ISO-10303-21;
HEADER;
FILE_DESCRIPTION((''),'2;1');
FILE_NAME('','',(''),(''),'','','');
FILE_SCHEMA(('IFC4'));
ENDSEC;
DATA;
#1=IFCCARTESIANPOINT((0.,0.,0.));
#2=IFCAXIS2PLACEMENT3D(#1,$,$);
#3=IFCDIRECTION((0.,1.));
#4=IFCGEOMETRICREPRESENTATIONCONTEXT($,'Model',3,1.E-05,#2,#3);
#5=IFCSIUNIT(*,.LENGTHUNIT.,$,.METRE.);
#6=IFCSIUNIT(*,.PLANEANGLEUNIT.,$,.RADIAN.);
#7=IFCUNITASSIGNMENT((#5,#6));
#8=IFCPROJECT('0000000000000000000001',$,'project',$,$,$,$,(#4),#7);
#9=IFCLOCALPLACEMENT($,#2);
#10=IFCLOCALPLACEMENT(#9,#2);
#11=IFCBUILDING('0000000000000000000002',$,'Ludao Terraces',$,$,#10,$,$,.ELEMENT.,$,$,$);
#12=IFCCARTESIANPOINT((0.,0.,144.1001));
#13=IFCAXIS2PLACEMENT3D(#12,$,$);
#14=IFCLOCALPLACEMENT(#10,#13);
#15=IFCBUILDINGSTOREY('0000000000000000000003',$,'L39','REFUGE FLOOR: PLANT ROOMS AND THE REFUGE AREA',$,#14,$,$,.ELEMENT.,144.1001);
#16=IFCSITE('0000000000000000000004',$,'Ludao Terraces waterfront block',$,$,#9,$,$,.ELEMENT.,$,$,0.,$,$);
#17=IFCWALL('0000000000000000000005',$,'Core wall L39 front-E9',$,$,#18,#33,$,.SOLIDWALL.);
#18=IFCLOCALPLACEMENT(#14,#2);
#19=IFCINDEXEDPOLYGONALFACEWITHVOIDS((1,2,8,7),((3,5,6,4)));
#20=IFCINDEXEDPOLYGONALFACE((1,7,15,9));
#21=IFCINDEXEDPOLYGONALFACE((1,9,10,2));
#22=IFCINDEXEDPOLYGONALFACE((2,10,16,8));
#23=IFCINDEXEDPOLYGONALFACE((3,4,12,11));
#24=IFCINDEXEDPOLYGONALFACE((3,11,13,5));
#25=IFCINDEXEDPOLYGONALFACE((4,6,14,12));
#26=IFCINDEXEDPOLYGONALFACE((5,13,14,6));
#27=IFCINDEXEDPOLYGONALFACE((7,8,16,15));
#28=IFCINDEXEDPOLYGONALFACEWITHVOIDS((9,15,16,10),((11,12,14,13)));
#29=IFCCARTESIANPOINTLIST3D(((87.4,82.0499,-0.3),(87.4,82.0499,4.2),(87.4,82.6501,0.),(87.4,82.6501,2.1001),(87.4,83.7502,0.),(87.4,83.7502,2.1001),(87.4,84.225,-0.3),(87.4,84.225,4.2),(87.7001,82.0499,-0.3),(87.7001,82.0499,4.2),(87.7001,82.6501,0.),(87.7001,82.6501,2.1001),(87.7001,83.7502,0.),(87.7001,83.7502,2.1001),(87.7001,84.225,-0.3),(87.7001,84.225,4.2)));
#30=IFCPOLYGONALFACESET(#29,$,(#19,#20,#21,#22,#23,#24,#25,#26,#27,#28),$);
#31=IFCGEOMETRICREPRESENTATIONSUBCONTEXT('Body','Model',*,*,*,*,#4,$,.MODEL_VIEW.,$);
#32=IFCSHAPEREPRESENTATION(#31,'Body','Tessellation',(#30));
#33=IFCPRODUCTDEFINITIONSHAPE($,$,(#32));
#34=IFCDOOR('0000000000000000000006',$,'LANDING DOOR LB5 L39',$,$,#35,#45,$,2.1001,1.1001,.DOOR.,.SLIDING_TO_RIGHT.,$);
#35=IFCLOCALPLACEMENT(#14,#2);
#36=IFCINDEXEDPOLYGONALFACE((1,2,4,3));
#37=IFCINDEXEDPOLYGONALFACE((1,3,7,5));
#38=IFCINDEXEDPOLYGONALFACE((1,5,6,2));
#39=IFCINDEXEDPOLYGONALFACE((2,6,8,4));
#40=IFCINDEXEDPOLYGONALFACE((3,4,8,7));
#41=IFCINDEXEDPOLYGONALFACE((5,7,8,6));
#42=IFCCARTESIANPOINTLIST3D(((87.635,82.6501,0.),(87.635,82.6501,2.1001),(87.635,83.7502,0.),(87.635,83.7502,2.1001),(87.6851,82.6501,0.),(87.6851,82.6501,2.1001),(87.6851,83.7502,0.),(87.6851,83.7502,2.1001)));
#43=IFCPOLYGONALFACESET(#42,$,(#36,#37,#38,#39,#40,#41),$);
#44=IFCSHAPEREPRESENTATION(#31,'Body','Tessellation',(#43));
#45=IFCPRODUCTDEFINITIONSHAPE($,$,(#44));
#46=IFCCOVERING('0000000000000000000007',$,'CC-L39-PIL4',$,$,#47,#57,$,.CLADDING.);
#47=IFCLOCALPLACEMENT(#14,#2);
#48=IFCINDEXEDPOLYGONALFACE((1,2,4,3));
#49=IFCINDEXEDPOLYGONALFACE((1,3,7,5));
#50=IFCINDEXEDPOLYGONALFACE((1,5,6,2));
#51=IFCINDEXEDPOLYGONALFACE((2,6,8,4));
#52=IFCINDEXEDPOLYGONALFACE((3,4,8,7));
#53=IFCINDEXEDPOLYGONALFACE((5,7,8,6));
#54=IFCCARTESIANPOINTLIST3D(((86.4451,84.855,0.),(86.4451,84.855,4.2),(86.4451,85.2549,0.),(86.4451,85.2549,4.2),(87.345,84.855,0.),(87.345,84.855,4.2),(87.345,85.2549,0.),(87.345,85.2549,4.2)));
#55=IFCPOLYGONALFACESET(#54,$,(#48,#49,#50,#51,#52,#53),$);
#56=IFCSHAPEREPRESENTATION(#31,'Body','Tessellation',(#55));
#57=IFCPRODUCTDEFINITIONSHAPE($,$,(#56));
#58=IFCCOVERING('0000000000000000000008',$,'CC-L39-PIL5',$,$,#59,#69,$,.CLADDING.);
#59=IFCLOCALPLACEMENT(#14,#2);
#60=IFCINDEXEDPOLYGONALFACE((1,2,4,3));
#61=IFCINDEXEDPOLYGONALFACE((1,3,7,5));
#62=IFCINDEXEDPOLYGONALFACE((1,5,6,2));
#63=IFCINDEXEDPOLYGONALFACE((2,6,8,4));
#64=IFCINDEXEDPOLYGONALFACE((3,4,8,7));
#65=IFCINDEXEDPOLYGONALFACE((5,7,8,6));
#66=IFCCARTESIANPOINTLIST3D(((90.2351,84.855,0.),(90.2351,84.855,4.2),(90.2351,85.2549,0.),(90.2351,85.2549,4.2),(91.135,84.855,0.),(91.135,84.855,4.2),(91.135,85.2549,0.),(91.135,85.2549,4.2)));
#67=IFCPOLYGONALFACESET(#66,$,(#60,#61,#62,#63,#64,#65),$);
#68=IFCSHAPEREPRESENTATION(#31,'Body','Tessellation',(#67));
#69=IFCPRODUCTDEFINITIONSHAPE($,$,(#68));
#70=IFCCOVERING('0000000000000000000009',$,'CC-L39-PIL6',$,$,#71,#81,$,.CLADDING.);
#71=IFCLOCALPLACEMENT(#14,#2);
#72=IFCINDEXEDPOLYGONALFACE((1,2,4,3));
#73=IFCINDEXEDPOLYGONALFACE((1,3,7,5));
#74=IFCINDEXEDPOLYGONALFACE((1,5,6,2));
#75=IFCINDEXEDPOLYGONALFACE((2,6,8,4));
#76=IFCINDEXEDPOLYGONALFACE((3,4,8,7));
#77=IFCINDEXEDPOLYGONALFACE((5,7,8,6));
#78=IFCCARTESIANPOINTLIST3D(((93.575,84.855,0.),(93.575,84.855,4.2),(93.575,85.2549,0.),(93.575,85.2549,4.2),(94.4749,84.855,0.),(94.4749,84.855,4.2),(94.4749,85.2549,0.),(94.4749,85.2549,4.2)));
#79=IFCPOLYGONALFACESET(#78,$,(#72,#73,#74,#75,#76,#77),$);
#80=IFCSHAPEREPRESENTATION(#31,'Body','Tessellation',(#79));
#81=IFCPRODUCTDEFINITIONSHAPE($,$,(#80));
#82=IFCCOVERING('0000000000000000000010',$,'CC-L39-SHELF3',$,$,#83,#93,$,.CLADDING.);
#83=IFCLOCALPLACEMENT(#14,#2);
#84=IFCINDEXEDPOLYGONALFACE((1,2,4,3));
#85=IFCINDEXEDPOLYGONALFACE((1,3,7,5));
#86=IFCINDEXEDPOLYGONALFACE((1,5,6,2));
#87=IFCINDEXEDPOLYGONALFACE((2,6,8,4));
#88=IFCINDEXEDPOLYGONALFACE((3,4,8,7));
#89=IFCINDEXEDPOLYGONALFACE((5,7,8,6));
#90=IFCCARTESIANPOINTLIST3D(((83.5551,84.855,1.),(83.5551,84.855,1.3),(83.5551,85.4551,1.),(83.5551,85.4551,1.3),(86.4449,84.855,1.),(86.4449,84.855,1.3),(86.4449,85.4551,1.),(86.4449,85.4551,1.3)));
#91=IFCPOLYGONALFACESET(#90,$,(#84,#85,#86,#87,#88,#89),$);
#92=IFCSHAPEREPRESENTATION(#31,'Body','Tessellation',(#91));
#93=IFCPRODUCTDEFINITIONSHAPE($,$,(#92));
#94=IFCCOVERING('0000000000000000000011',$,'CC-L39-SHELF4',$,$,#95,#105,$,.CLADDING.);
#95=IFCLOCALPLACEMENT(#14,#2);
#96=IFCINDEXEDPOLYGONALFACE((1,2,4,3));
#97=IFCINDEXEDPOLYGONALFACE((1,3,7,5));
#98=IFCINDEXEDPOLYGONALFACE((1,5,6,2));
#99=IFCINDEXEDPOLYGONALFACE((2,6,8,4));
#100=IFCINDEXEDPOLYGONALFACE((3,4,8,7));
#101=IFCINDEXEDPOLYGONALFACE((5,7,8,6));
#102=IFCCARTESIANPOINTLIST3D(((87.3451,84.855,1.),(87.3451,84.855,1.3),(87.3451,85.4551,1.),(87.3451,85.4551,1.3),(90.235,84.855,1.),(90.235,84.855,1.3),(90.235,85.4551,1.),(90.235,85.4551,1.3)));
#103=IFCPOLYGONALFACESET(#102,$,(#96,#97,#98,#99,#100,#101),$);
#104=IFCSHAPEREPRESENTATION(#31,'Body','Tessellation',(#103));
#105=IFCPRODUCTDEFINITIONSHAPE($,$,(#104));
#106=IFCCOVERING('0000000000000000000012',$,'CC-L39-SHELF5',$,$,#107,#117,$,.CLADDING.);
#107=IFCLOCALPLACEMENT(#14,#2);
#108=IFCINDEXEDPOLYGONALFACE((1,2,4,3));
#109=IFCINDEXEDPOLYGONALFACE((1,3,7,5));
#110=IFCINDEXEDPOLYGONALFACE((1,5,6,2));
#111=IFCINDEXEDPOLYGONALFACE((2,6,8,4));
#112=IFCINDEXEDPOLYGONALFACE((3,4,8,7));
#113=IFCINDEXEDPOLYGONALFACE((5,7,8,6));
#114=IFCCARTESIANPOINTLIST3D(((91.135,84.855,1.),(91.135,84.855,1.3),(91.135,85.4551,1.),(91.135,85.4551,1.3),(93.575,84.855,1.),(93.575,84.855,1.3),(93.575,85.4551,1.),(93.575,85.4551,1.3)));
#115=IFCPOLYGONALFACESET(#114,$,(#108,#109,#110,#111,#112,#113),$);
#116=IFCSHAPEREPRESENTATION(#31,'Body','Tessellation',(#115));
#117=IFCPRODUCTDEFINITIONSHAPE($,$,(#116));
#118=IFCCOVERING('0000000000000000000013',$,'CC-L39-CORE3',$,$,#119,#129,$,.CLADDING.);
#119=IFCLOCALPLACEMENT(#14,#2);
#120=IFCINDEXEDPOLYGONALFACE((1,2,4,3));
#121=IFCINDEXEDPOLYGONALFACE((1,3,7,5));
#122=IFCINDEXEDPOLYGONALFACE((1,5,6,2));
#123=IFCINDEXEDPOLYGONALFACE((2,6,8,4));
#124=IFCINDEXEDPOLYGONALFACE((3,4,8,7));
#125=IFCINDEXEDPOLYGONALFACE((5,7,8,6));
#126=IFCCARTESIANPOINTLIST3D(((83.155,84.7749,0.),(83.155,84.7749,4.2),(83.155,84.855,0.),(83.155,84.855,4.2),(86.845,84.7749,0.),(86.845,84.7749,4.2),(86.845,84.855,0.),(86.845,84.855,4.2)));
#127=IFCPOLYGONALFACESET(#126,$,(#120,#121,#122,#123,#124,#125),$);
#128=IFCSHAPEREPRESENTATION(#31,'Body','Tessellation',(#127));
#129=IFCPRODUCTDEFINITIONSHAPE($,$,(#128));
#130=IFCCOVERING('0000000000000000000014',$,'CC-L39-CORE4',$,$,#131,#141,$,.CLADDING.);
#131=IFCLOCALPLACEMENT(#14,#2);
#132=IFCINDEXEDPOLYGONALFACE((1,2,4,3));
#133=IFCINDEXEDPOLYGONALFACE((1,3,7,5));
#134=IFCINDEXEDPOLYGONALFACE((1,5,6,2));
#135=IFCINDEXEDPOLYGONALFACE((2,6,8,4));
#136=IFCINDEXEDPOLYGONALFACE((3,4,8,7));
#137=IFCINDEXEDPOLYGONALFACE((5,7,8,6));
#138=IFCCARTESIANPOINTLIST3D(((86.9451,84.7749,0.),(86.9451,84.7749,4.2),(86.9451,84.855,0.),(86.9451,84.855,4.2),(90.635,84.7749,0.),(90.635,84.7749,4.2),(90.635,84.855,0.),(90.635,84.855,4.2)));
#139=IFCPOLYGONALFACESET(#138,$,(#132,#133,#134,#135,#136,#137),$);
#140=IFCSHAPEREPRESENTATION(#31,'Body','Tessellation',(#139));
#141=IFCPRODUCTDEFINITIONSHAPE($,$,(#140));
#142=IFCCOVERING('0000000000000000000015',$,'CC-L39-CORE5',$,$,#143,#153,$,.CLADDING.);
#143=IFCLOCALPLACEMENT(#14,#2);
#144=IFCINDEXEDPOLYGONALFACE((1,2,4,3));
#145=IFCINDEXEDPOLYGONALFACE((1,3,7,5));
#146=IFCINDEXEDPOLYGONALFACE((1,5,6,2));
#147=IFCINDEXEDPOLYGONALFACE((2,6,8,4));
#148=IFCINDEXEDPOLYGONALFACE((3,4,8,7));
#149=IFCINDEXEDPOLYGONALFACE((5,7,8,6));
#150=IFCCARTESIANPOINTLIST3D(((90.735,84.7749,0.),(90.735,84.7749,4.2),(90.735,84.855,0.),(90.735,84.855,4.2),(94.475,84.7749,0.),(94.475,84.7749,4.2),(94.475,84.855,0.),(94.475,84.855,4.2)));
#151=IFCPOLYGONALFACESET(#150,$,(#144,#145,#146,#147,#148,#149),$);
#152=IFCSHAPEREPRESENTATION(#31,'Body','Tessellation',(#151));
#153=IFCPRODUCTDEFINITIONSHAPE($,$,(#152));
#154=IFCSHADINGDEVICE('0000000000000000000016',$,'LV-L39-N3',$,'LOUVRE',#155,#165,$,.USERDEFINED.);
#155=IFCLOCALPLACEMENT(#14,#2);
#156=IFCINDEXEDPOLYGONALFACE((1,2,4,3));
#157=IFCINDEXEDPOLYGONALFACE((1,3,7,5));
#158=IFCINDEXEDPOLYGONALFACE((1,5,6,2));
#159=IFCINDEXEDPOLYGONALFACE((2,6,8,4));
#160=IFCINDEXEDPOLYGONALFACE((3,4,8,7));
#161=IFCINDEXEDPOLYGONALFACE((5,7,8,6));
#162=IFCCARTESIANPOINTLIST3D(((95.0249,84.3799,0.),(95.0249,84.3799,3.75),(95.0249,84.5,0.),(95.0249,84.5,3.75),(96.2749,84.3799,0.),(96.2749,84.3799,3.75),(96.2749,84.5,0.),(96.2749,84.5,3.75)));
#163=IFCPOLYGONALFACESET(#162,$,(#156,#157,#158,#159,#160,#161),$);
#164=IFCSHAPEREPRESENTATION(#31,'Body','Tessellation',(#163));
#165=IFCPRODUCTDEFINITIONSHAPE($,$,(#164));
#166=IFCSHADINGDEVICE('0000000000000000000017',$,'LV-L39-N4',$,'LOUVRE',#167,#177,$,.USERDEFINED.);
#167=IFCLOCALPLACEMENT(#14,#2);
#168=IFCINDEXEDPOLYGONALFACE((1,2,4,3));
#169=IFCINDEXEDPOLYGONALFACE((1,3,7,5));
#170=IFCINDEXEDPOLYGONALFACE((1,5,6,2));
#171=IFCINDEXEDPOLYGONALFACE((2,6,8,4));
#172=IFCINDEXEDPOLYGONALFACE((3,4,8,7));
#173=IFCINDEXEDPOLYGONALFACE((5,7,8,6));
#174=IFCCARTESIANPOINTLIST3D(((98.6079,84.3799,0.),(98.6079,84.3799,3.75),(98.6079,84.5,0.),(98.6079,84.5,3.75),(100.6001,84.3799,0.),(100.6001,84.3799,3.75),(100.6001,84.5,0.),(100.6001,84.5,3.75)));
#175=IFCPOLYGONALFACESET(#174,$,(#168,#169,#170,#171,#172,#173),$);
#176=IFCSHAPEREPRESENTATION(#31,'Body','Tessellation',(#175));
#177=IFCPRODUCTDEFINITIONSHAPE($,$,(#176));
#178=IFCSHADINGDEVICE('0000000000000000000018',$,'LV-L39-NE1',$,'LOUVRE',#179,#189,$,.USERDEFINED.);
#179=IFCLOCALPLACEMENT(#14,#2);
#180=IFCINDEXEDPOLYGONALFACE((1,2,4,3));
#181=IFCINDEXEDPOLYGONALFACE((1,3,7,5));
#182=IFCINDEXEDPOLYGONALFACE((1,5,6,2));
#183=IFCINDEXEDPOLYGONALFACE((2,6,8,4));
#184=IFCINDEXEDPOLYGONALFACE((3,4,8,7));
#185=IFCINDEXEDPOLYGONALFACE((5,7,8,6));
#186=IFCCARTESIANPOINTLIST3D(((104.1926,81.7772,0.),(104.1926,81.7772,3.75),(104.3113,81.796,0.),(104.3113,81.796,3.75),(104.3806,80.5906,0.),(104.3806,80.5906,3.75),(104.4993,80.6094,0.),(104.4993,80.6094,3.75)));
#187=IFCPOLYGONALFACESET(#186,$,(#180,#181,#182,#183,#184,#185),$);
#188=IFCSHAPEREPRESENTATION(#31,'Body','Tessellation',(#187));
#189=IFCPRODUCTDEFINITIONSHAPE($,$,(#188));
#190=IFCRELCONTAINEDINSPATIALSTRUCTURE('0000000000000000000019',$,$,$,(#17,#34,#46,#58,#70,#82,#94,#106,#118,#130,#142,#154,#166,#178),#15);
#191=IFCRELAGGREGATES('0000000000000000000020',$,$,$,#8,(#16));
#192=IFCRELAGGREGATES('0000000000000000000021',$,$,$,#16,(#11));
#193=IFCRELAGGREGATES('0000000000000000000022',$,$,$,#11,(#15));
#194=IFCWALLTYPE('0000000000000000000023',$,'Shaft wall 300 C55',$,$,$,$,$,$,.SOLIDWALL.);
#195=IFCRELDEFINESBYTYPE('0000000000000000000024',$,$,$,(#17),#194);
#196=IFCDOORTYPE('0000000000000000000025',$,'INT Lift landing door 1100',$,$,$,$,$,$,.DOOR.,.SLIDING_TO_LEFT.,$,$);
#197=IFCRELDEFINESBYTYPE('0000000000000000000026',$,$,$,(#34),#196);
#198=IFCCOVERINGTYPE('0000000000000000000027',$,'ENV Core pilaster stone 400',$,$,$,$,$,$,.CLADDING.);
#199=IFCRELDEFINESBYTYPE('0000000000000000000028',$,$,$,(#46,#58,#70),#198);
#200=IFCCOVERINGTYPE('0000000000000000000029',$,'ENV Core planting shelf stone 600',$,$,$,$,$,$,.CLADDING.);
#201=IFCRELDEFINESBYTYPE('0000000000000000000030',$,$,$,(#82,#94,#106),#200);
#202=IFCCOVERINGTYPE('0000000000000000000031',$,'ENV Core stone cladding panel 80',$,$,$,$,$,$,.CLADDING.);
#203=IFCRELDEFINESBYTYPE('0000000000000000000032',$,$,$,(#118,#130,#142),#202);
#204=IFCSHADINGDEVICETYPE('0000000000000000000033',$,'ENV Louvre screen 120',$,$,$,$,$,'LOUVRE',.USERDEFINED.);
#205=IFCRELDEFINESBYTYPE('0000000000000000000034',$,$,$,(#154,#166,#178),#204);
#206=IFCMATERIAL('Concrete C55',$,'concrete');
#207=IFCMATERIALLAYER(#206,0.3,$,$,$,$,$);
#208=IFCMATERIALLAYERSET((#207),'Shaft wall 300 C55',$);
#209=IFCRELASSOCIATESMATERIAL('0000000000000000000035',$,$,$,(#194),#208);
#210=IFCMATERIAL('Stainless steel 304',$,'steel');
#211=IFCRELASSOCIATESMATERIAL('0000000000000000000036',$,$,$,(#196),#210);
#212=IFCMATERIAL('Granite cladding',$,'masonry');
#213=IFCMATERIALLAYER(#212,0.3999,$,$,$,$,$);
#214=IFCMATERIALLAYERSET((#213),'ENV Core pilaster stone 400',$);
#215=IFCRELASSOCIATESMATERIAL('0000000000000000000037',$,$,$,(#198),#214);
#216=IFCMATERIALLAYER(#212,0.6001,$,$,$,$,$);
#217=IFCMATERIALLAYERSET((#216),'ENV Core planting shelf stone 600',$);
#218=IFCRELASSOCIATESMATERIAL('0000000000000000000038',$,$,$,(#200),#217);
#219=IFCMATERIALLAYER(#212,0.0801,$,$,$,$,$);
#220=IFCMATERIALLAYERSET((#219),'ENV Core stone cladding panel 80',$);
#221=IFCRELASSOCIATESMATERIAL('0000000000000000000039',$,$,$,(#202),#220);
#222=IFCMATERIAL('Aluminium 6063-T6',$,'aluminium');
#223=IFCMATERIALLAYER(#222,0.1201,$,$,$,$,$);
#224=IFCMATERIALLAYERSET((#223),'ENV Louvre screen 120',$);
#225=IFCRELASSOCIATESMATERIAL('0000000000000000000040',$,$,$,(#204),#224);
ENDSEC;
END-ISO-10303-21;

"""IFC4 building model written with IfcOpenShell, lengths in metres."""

from ifc_helpers import new_model, si_unit, direction, frame, frame_2d, origin, origin_2d, place, context, subcontext, project, spatial, rectangle, extrude, material, layer, layer_set, type_object, element, fill, save


model = new_model("IFC4")

# Units and contexts
model_context = context("Model", 3, precision=1e-05, world=origin(), true_north=direction((0.0, 1.0)))
body_context = subcontext(model_context, "Body", "Model", "MODEL_VIEW")
ifc_project = project(units=[si_unit("LENGTHUNIT", "METRE"), si_unit("PLANEANGLEUNIT", "RADIAN")], contexts=[model_context])

# Site, building, storey
site_placement = place(None, origin())
site = spatial("IfcSite", under=ifc_project, at=site_placement, Name="Ludao Terraces waterfront block", CompositionType="ELEMENT", RefElevation=0.0)
building_placement = place(site_placement, origin())
building = spatial("IfcBuilding", under=site, at=building_placement, Name="Ludao Terraces", CompositionType="ELEMENT")
storey_placement = place(building_placement, frame((0.0, 0.0, 144.1001)))
storey = spatial("IfcBuildingStorey", under=building, at=storey_placement, Name="L39", Description="REFUGE FLOOR: PLANT ROOMS AND THE REFUGE AREA", CompositionType="ELEMENT", Elevation=144.1001)

# Shared definitions
ifc_material_1 = material(Name="Concrete C55", Category="concrete")
ifc_layer_1 = layer(ifc_material_1, 0.3)
ifc_layer_set_1 = layer_set([ifc_layer_1], Name="Shaft wall 300 C55")
wall_type = type_object("IfcWallType", Name="Shaft wall 300 C55", PredefinedType="SOLIDWALL", material=ifc_layer_set_1)

# Shared definitions
ifc_material_2 = material(Name="Stainless steel 304", Category="steel")
door_type = type_object("IfcDoorType", Name="INT Lift landing door 1100", OperationType="SLIDING_TO_LEFT", PredefinedType="DOOR", material=ifc_material_2)

# Wall, opening, door
wall_1_placement = place(storey_placement, frame((87.55, 82.05, -0.3), z_axis=(0.0, 0.0, 1.0), x_axis=(0.0, 1.0, 0.0)))
wall_1 = element("IfcWall", 1, at=wall_1_placement, inside=storey, type_object=wall_type, Name="Core wall L39 front-E9", PredefinedType="SOLIDWALL", context=body_context, shape_type="SweptSolid", body=[
    extrude(rectangle(XDim=2.175, YDim=0.3, at=frame_2d((1.0874, 0.0))), origin(), (0.0, 0.0, 1.0), 4.5),
])
opening_1_placement = place(wall_1_placement, frame((0.6001, 0.0, 0.3)))
opening_1 = element("IfcOpeningElement", 2, at=opening_1_placement, cuts=wall_1, PredefinedType="OPENING", context=body_context, shape_type="SweptSolid", body=[
    extrude(rectangle(XDim=1.1001, YDim=2.1001, at=frame_2d((0.55, 1.05))), frame((0.0, 0.1602, 0.0), z_axis=(0.0, -1.0, 0.0), x_axis=(1.0, 0.0, 0.0)), (0.0, 0.0, 1.0), 0.3201),
])
door_1_placement = place(opening_1_placement, origin())
door_1 = element("IfcDoor", 3, at=door_1_placement, inside=storey, type_object=door_type, Name="LANDING DOOR LB5 L39", OperationType="SLIDING_TO_RIGHT", OverallHeight=2.1001, OverallWidth=1.1001, PredefinedType="DOOR", context=body_context, shape_type="SweptSolid", body=[
    extrude(rectangle(XDim=1.1001, YDim=2.1001, at=frame_2d((0.55, 1.05))), frame((0.0, -0.085, 0.0), z_axis=(0.0, -1.0, 0.0), x_axis=(1.0, 0.0, 0.0)), (0.0, 0.0, 1.0), 0.05),
])
fill(opening_1, door_1)

# Coverings
ifc_material_3 = material(Name="Granite cladding", Category="masonry")
ifc_layer_2 = layer(ifc_material_3, 0.3999)
ifc_layer_set_2 = layer_set([ifc_layer_2], Name="ENV Core pilaster stone 400")
covering_type_1 = type_object("IfcCoveringType", Name="ENV Core pilaster stone 400", PredefinedType="CLADDING", material=ifc_layer_set_2)
for number, where, z_axis, x_axis, name in (
    (4, (86.895, 85.0549, 0.0), (0.0, 0.0, 1.0), (1.0, 0.0, 0.0), "CC-L39-PIL4"),
    (5, (90.6851, 85.0549, 0.0), (0.0, 0.0, 1.0), (1.0, 0.0, 0.0), "CC-L39-PIL5"),
    (6, (94.0249, 85.0549, 0.0), (0.0, 0.0, 1.0), (1.0, 0.0, 0.0), "CC-L39-PIL6"),
):
    element("IfcCovering", number, at=place(storey_placement, frame(where, z_axis=z_axis, x_axis=x_axis)), inside=storey, type_object=covering_type_1, Name=name, PredefinedType="CLADDING", context=body_context, shape_type="SweptSolid", body=[
        extrude(rectangle(XDim=0.8999, YDim=0.3999, at=origin_2d()), origin(), (0.0, 0.0, 1.0), 4.2),
    ])
ifc_layer_3 = layer(ifc_material_3, 0.6001)
ifc_layer_set_3 = layer_set([ifc_layer_3], Name="ENV Core planting shelf stone 600")
covering_type_2 = type_object("IfcCoveringType", Name="ENV Core planting shelf stone 600", PredefinedType="CLADDING", material=ifc_layer_set_3)
for number, where, z_axis, x_axis, name in (
    (7, (85.0, 85.155, 1.0), (0.0, 0.0, 1.0), (1.0, 0.0, 0.0), "CC-L39-SHELF3"),
    (8, (88.79, 85.155, 1.0), (0.0, 0.0, 1.0), (1.0, 0.0, 0.0), "CC-L39-SHELF4"),
):
    element("IfcCovering", number, at=place(storey_placement, frame(where, z_axis=z_axis, x_axis=x_axis)), inside=storey, type_object=covering_type_2, Name=name, PredefinedType="CLADDING", context=body_context, shape_type="SweptSolid", body=[
        extrude(rectangle(XDim=2.8899, YDim=0.6001, at=origin_2d()), origin(), (0.0, 0.0, 1.0), 0.3),
    ])
covering_1_placement = place(storey_placement, frame((92.355, 85.155, 1.0), z_axis=(0.0, 0.0, 1.0), x_axis=(1.0, 0.0, 0.0)))
element("IfcCovering", 9, at=covering_1_placement, inside=storey, type_object=covering_type_2, Name="CC-L39-SHELF5", PredefinedType="CLADDING", context=body_context, shape_type="SweptSolid", body=[
    extrude(rectangle(XDim=2.4399, YDim=0.6001, at=origin_2d()), origin(), (0.0, 0.0, 1.0), 0.3),
])
ifc_layer_4 = layer(ifc_material_3, 0.0801)
ifc_layer_set_4 = layer_set([ifc_layer_4], Name="ENV Core stone cladding panel 80")
covering_type_3 = type_object("IfcCoveringType", Name="ENV Core stone cladding panel 80", PredefinedType="CLADDING", material=ifc_layer_set_4)
for number, where, z_axis, x_axis, name in (
    (10, (85.0, 84.8149, 0.0), (0.0, 0.0, 1.0), (1.0, 0.0, 0.0), "CC-L39-CORE3"),
    (11, (88.79, 84.8149, 0.0), (0.0, 0.0, 1.0), (1.0, 0.0, 0.0), "CC-L39-CORE4"),
):
    element("IfcCovering", number, at=place(storey_placement, frame(where, z_axis=z_axis, x_axis=x_axis)), inside=storey, type_object=covering_type_3, Name=name, PredefinedType="CLADDING", context=body_context, shape_type="SweptSolid", body=[
        extrude(rectangle(XDim=3.6899, YDim=0.0801, at=origin_2d()), origin(), (0.0, 0.0, 1.0), 4.2),
    ])
covering_2_placement = place(storey_placement, frame((92.605, 84.8149, 0.0), z_axis=(0.0, 0.0, 1.0), x_axis=(1.0, 0.0, 0.0)))
element("IfcCovering", 12, at=covering_2_placement, inside=storey, type_object=covering_type_3, Name="CC-L39-CORE5", PredefinedType="CLADDING", context=body_context, shape_type="SweptSolid", body=[
    extrude(rectangle(XDim=3.74, YDim=0.0801, at=origin_2d()), origin(), (0.0, 0.0, 1.0), 4.2),
])

# Shading devices
ifc_material_4 = material(Name="Aluminium 6063-T6", Category="aluminium")
ifc_layer_5 = layer(ifc_material_4, 0.1201)
ifc_layer_set_5 = layer_set([ifc_layer_5], Name="ENV Louvre screen 120")
shading_device_type = type_object("IfcShadingDeviceType", Name="ENV Louvre screen 120", ElementType="LOUVRE", PredefinedType="USERDEFINED", material=ifc_layer_set_5)
shading_device_1_placement = place(storey_placement, frame((95.0249, 84.4399, 0.0), z_axis=(0.0, 0.0, 1.0), x_axis=(1.0, 0.0, 0.0)))
element("IfcShadingDevice", 13, at=shading_device_1_placement, inside=storey, type_object=shading_device_type, Name="LV-L39-N3", ObjectType="LOUVRE", PredefinedType="USERDEFINED", context=body_context, shape_type="SweptSolid", body=[
    extrude(rectangle(XDim=1.25, YDim=0.1201, at=frame_2d((0.625, 0.0))), origin(), (0.0, 0.0, 1.0), 3.75),
])
shading_device_2_placement = place(storey_placement, frame((98.6079, 84.4399, 0.0), z_axis=(0.0, 0.0, 1.0), x_axis=(1.0, 0.0, 0.0)))
element("IfcShadingDevice", 14, at=shading_device_2_placement, inside=storey, type_object=shading_device_type, Name="LV-L39-N4", ObjectType="LOUVRE", PredefinedType="USERDEFINED", context=body_context, shape_type="SweptSolid", body=[
    extrude(rectangle(XDim=1.9922, YDim=0.1201, at=frame_2d((0.9961, 0.0))), origin(), (0.0, 0.0, 1.0), 3.75),
])
for number, where, z_axis, x_axis, name in (
    (15, (104.4399, 80.6001, 0.0), (0.0, 0.0, 1.0), (-0.156484, 0.98768, 0.0), "LV-L39-NE1"),
):
    element("IfcShadingDevice", number, at=place(storey_placement, frame(where, z_axis=z_axis, x_axis=x_axis)), inside=storey, type_object=shading_device_type, Name=name, ObjectType="LOUVRE", PredefinedType="USERDEFINED", context=body_context, shape_type="SweptSolid", body=[
        extrude(rectangle(XDim=1.2014, YDim=0.1201, at=frame_2d((0.6006, 0.0))), origin(), (0.0, 0.0, 1.0), 3.75),
    ])

save(model, "model.ifc")
